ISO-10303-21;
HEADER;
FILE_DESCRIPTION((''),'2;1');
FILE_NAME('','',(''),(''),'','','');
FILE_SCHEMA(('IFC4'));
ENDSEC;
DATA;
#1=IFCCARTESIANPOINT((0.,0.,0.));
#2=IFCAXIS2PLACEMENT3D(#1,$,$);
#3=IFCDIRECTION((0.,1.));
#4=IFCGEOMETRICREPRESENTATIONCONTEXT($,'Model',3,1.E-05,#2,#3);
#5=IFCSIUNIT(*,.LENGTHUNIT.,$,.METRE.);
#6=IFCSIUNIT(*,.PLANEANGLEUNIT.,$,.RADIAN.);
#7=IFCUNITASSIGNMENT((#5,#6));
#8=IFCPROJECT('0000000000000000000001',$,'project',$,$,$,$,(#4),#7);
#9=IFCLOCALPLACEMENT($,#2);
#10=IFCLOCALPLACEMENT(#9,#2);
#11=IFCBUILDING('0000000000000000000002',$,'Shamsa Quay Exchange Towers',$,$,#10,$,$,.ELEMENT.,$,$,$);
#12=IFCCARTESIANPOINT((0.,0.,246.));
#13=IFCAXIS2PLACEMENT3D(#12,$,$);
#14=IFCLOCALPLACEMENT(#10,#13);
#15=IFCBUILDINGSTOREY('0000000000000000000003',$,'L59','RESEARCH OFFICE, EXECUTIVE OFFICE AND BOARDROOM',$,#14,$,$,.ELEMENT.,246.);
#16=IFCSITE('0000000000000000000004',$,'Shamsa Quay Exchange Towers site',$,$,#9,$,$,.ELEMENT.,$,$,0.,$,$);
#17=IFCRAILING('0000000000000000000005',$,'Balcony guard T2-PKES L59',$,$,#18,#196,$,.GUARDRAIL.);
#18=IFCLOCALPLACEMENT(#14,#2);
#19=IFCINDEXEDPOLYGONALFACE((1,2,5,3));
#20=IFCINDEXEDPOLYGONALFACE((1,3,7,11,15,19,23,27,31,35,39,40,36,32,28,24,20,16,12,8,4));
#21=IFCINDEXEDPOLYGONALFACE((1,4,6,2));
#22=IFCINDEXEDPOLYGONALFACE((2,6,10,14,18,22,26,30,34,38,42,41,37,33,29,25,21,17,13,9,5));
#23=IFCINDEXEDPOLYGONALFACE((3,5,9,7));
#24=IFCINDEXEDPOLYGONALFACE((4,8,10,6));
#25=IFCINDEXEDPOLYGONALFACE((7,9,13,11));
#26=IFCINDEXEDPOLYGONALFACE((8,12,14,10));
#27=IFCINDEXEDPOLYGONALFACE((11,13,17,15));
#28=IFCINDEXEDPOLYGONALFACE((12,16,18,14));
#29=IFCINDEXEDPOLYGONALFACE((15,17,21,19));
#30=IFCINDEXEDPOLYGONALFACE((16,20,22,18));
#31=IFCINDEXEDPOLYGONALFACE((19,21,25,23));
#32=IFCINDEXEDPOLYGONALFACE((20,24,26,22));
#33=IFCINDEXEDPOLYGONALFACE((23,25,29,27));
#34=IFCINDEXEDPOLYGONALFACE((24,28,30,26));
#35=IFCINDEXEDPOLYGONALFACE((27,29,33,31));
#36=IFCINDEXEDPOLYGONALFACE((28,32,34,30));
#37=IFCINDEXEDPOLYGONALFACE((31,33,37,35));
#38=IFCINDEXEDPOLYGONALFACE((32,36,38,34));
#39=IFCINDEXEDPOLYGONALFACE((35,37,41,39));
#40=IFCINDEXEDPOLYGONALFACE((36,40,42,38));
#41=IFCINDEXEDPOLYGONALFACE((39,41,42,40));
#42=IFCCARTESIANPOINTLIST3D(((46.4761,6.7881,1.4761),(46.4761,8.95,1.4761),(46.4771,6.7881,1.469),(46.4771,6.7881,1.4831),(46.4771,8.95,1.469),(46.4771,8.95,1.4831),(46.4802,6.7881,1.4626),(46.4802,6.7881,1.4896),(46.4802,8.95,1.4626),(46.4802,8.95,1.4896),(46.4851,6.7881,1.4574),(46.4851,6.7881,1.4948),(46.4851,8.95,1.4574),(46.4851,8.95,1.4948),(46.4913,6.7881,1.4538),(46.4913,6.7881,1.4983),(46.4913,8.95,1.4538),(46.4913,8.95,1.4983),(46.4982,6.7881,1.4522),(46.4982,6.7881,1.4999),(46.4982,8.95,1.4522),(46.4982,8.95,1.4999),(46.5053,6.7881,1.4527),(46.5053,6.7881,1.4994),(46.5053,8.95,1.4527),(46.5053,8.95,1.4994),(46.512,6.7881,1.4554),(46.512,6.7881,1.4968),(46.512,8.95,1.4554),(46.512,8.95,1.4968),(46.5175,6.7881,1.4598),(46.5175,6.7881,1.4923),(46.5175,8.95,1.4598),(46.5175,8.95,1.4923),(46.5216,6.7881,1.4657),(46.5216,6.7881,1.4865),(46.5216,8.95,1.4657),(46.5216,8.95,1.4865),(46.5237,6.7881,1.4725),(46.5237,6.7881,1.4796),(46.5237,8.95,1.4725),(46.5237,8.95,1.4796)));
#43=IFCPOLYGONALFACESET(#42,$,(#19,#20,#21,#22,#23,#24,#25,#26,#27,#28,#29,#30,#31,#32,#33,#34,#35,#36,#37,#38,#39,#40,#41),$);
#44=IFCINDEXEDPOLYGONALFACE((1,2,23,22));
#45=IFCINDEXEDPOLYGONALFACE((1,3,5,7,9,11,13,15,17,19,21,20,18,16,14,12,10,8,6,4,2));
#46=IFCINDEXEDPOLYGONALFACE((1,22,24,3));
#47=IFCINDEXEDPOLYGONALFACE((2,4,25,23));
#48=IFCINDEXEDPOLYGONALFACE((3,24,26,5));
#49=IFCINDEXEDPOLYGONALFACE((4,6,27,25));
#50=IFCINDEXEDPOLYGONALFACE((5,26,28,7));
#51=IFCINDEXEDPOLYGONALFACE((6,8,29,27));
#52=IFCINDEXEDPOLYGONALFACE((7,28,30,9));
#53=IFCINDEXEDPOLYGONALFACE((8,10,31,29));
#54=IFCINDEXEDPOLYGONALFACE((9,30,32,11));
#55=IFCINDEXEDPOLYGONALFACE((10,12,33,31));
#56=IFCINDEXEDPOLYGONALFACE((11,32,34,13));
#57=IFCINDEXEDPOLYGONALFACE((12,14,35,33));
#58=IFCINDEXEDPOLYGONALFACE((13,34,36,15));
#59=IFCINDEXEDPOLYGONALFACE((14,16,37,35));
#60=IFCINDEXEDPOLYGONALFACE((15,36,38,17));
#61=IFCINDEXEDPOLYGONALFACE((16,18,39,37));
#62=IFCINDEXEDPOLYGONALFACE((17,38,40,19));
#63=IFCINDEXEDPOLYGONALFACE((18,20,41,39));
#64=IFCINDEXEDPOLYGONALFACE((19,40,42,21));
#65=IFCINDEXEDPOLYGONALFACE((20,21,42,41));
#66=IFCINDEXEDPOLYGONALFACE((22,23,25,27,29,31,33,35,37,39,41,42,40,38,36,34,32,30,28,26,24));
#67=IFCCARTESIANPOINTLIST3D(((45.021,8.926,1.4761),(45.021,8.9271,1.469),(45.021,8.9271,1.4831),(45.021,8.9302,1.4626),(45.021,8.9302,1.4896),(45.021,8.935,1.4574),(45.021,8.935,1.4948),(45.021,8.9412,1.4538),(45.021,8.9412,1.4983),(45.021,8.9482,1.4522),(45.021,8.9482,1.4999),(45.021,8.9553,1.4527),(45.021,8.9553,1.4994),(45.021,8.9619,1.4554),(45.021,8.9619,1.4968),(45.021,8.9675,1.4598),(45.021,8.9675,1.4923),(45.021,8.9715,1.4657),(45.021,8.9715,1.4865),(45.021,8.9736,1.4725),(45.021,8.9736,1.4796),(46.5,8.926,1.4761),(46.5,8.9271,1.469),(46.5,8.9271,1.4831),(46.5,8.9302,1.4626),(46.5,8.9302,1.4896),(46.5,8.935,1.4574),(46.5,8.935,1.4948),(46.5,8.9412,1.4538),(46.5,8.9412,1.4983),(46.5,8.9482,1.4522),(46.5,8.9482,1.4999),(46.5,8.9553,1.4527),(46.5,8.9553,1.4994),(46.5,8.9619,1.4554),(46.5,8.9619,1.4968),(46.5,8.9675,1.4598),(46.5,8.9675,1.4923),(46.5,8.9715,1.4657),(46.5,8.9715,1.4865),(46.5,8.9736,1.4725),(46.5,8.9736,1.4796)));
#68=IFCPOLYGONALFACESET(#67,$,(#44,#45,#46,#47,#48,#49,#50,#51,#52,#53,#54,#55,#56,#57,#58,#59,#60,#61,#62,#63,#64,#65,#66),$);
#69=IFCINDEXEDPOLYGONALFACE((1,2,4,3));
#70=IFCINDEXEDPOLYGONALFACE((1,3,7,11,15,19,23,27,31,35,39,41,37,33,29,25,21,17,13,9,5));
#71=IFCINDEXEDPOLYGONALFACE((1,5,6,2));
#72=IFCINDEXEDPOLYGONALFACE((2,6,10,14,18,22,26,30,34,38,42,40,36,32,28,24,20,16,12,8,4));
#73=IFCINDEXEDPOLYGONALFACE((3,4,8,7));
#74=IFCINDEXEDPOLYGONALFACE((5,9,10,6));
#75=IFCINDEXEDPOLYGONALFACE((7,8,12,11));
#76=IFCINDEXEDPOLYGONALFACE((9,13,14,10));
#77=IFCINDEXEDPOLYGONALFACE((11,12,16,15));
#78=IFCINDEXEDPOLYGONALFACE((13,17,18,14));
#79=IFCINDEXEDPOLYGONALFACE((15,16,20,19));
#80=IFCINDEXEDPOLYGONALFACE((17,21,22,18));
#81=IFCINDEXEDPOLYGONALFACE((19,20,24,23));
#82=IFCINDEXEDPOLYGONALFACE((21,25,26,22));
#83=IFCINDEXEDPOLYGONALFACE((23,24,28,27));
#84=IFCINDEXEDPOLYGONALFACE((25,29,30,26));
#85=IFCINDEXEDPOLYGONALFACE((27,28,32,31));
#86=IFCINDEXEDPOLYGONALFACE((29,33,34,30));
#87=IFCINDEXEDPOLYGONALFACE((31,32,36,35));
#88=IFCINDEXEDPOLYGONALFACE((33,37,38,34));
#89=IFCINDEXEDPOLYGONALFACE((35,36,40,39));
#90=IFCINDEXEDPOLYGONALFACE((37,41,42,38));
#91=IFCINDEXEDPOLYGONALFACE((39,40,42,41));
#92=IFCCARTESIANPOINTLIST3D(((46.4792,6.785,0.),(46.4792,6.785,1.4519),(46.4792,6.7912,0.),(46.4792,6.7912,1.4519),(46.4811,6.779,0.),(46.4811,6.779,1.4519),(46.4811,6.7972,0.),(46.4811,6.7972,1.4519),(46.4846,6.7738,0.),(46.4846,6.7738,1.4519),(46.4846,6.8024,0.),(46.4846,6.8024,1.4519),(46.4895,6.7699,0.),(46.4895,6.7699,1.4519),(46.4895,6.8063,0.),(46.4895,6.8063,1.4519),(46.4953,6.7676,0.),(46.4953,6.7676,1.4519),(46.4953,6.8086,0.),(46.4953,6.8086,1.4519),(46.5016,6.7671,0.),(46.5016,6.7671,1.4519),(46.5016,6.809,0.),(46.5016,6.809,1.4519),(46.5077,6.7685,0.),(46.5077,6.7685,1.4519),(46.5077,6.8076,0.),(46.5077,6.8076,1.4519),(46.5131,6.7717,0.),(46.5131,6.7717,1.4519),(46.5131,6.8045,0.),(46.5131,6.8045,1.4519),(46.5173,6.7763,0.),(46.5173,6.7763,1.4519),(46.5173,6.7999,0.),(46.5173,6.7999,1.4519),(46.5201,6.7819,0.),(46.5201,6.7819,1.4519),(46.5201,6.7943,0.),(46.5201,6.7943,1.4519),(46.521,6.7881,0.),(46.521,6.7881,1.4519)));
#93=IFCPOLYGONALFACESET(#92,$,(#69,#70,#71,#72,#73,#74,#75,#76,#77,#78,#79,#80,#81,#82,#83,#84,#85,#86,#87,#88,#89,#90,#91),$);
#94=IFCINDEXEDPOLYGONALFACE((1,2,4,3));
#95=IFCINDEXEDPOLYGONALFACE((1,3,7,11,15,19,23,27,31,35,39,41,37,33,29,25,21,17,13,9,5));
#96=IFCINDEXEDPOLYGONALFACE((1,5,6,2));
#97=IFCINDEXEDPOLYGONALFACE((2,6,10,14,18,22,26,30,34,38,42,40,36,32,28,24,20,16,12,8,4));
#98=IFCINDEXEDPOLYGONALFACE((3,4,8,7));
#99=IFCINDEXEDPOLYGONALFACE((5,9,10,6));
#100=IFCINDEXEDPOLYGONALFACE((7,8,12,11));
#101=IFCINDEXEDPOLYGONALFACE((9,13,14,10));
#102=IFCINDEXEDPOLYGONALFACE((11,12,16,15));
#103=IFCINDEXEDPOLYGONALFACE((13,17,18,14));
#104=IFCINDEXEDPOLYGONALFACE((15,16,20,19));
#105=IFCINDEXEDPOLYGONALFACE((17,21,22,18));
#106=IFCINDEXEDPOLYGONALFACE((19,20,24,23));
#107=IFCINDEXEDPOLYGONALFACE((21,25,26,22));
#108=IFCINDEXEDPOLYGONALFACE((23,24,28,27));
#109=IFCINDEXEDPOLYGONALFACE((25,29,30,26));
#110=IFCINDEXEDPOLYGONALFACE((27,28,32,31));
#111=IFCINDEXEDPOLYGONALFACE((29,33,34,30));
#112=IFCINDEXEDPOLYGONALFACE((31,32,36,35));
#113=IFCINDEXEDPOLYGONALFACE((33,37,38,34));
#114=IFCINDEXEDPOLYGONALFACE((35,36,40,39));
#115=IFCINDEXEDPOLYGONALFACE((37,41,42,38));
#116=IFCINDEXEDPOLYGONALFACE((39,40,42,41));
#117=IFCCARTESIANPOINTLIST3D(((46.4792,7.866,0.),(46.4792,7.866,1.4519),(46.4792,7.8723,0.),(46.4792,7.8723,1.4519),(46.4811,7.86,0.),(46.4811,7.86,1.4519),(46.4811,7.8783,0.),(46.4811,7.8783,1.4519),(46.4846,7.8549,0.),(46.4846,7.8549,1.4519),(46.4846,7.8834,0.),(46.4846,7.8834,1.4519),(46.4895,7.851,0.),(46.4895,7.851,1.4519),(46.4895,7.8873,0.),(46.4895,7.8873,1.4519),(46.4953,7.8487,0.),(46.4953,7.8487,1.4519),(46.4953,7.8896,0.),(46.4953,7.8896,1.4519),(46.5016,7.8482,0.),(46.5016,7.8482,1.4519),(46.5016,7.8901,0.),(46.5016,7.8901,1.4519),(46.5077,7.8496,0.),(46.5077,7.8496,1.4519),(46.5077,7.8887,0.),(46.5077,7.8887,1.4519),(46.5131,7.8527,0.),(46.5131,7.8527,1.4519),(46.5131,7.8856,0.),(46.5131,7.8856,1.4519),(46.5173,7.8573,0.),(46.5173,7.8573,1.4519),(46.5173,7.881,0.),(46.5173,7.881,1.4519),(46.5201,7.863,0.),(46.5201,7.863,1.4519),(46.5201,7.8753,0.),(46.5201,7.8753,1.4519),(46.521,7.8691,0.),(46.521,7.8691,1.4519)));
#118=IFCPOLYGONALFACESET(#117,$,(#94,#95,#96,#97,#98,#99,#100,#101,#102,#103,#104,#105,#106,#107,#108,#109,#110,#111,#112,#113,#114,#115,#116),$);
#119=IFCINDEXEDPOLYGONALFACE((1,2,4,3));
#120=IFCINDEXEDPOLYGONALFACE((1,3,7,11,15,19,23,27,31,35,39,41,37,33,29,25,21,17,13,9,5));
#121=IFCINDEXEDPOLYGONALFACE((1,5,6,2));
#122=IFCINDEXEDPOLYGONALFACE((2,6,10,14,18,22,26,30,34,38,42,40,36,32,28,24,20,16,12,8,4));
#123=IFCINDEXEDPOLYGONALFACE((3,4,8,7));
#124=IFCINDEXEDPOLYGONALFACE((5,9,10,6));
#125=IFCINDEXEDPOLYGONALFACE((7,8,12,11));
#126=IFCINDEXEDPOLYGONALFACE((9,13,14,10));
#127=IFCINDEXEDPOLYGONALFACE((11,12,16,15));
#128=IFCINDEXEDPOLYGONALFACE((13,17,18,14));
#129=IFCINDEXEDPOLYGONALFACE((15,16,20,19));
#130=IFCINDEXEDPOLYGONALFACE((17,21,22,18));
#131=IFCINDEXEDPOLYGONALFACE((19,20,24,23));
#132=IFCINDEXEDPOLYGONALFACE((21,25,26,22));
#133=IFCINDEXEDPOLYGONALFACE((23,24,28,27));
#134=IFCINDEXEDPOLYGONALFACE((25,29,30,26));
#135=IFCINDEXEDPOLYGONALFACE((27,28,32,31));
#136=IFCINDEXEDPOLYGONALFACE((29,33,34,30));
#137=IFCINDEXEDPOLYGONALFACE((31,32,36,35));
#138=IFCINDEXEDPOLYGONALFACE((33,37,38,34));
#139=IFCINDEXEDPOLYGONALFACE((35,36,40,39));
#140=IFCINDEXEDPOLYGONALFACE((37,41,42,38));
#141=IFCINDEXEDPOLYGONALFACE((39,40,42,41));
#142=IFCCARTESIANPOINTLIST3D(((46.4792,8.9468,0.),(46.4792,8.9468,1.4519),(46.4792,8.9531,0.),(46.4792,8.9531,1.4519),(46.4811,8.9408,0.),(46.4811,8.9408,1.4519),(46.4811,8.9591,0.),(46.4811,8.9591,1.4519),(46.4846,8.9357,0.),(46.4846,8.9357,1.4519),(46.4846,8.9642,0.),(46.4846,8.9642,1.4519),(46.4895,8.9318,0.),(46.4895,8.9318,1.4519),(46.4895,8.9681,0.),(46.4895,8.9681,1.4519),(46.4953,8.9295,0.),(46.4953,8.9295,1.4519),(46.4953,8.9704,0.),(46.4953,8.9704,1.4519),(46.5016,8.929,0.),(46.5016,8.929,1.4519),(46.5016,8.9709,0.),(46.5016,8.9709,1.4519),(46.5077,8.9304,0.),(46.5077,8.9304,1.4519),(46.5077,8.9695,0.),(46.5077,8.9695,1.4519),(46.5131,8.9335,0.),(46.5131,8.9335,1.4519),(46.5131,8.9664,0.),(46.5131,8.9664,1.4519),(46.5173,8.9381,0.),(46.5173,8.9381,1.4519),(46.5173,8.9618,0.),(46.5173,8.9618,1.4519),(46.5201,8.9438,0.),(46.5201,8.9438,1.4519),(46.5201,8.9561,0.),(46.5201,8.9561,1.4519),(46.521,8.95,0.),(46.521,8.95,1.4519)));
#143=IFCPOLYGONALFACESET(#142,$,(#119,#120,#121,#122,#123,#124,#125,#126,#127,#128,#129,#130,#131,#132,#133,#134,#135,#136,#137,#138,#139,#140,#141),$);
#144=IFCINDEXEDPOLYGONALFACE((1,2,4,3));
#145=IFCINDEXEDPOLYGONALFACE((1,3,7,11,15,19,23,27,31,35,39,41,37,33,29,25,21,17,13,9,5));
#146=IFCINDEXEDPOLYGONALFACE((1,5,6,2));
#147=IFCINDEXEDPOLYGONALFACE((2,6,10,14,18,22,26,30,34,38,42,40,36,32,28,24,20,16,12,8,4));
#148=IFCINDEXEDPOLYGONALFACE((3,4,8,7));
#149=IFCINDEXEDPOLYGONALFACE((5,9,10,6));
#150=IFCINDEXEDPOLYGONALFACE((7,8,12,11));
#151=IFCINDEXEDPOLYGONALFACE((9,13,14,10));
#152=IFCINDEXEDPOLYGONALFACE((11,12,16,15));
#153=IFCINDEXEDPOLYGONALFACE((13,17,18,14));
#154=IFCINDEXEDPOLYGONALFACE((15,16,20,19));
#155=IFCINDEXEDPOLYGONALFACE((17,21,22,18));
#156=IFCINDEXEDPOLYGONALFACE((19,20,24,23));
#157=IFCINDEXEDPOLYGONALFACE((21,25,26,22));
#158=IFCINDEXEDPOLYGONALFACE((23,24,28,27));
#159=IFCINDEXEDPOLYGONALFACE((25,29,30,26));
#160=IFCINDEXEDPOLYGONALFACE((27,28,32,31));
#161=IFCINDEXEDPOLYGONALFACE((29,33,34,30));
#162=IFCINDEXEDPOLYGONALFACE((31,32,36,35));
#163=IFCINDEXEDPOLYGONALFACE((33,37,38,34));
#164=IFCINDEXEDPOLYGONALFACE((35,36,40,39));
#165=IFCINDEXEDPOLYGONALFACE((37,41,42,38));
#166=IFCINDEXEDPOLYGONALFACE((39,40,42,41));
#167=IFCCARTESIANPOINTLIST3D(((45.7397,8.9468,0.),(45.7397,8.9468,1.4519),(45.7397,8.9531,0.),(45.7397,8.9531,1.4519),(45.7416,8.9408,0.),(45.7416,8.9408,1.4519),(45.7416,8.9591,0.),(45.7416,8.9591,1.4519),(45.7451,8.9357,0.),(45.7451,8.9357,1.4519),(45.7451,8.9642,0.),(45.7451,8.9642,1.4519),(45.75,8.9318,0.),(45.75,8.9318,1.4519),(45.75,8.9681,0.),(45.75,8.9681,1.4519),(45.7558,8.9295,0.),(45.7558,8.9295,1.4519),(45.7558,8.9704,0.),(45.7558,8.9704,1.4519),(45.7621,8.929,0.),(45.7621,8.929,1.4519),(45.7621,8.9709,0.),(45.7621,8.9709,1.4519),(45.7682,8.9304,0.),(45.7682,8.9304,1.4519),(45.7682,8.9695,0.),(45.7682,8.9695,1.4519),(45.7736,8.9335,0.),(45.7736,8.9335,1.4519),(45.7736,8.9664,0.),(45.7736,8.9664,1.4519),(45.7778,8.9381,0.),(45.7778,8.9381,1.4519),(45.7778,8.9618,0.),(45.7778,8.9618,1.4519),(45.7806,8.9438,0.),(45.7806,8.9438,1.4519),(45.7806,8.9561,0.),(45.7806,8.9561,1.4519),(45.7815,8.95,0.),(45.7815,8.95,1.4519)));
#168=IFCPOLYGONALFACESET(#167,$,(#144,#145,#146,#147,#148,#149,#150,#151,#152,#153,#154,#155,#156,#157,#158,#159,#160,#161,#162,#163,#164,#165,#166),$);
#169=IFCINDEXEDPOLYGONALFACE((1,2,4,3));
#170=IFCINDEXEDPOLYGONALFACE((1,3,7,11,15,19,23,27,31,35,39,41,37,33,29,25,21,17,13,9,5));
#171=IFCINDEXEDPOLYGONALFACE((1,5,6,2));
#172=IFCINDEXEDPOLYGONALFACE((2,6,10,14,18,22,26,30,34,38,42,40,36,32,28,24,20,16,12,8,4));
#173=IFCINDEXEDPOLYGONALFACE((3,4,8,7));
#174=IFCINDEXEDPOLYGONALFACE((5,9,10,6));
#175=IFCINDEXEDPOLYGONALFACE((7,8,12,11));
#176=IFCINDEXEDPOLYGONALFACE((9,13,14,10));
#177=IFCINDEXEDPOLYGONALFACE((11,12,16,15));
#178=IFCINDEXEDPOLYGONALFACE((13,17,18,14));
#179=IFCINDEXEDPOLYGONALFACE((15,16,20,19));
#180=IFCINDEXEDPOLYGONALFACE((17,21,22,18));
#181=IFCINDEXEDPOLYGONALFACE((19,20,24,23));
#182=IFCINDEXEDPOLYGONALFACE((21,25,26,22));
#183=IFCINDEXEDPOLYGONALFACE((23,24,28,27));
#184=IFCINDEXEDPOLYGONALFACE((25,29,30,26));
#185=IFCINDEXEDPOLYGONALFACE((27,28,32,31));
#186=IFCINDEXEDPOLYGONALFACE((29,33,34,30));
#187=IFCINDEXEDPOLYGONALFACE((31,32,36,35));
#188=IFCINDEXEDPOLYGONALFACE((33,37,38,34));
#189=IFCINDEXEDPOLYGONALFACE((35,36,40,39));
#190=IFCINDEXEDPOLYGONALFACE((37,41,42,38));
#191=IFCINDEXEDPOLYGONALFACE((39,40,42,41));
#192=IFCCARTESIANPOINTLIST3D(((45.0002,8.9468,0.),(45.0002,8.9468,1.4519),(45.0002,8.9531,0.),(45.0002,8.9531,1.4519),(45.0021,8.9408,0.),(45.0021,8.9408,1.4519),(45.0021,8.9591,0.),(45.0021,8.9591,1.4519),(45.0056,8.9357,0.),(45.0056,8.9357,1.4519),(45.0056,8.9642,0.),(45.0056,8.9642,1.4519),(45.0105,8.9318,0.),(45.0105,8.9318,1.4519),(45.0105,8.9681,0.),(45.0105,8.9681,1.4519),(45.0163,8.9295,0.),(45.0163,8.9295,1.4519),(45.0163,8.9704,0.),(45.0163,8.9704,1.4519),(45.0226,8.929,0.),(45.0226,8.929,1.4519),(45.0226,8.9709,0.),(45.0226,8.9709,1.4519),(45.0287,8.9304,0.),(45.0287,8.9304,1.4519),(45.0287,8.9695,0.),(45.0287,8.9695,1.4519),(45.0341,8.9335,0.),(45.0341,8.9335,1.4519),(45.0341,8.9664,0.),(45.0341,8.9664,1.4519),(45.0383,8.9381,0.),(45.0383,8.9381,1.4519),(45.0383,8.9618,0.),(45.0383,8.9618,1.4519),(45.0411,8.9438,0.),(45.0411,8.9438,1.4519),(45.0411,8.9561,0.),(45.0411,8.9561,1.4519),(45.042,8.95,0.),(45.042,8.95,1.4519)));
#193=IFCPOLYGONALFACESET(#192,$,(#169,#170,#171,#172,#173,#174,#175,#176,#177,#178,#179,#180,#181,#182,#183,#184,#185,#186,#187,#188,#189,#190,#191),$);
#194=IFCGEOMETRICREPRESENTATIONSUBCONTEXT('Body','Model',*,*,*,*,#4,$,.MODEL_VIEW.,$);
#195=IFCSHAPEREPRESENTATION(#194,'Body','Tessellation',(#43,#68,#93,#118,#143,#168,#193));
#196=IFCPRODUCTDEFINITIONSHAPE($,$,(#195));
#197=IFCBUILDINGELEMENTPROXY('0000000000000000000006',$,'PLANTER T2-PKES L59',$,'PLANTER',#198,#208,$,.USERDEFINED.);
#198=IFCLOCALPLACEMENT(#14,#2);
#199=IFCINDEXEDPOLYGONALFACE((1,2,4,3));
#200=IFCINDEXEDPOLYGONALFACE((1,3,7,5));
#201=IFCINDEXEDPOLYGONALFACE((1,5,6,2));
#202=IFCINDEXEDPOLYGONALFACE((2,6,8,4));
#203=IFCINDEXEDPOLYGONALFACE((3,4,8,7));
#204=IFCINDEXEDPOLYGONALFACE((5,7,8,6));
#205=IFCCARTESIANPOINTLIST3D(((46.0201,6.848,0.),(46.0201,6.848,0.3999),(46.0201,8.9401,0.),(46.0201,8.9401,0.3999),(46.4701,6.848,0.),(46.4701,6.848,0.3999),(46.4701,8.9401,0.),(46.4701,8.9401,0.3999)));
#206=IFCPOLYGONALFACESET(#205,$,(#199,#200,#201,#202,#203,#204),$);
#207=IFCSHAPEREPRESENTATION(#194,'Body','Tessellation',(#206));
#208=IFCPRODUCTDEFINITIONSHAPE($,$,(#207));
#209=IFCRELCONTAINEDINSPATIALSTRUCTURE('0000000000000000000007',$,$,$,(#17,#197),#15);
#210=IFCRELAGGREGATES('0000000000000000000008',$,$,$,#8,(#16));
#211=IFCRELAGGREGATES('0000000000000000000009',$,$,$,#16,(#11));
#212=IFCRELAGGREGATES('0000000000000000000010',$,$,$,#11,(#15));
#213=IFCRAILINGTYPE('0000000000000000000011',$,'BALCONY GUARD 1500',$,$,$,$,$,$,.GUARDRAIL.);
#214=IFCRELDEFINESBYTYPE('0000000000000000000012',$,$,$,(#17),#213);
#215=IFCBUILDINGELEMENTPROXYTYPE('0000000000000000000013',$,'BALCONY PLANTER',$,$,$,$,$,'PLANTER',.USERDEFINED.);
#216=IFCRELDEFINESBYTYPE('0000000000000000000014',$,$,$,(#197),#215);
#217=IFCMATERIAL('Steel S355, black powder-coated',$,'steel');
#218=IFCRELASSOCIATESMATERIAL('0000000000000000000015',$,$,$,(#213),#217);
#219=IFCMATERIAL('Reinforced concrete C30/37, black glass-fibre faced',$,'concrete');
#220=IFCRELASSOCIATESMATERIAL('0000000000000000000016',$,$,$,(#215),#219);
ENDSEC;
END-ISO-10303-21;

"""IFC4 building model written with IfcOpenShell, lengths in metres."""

from ifc_helpers import new_model, si_unit, direction, frame, origin, origin_2d, place, context, subcontext, project, spatial, rectangle, circle, extrude, material, type_object, element, save


model = new_model("IFC4")

# Units and contexts
model_context = context("Model", 3, precision=1e-05, world=origin(), true_north=direction((0.0, 1.0)))
body_context = subcontext(model_context, "Body", "Model", "MODEL_VIEW")
ifc_project = project(units=[si_unit("LENGTHUNIT", "METRE"), si_unit("PLANEANGLEUNIT", "RADIAN")], contexts=[model_context])

# Site, building, storey
site_placement = place(None, origin())
site = spatial("IfcSite", under=ifc_project, at=site_placement, Name="Shamsa Quay Exchange Towers site", CompositionType="ELEMENT", RefElevation=0.0)
building_placement = place(site_placement, origin())
building = spatial("IfcBuilding", under=site, at=building_placement, Name="Shamsa Quay Exchange Towers", CompositionType="ELEMENT")
storey_placement = place(building_placement, frame((0.0, 0.0, 246.0)))
storey = spatial("IfcBuildingStorey", under=building, at=storey_placement, Name="L59", Description="RESEARCH OFFICE, EXECUTIVE OFFICE AND BOARDROOM", CompositionType="ELEMENT", Elevation=246.0)

# Railing
ifc_material_1 = material(Name="Steel S355, black powder-coated", Category="steel")
railing_type_1 = type_object("IfcRailingType", Name="BALCONY GUARD 1500", PredefinedType="GUARDRAIL", material=ifc_material_1)
railing_1_placement = place(storey_placement, frame((46.5, 6.7881, 0.0)))
element("IfcRailing", 1, at=railing_1_placement, inside=storey, type_object=railing_type_1, Name="Balcony guard T2-PKES L59", PredefinedType="GUARDRAIL", context=body_context, shape_type="SweptSolid", body=[
    extrude(circle(Radius=0.0239, at=origin_2d()), frame((0.0, 0.0, 1.4761), z_axis=(0.0, 1.0, 0.0), x_axis=(-1.0, 0.0, 0.0)), (0.0, 0.0, 1.0), 2.1619),
    extrude(circle(Radius=0.0239, at=origin_2d()), frame((0.0, 2.1619, 1.4761), z_axis=(-1.0, 0.0, 0.0), x_axis=(0.0, -1.0, 0.0)), (0.0, 0.0, 1.0), 1.479),
    extrude(circle(Radius=0.021, at=origin_2d()), origin(), (0.0, 0.0, 1.0), 1.4519),
    extrude(circle(Radius=0.021, at=origin_2d()), frame((0.0, 1.0811, 0.0)), (0.0, 0.0, 1.0), 1.4519),
    extrude(circle(Radius=0.021, at=origin_2d()), frame((0.0, 2.1619, 0.0)), (0.0, 0.0, 1.0), 1.4519),
    extrude(circle(Radius=0.021, at=origin_2d()), frame((-0.7395, 2.1619, 0.0)), (0.0, 0.0, 1.0), 1.4519),
    extrude(circle(Radius=0.021, at=origin_2d()), frame((-1.479, 2.1619, 0.0)), (0.0, 0.0, 1.0), 1.4519),
])

# Building element proxy
ifc_material_2 = material(Name="Reinforced concrete C30/37, black glass-fibre faced", Category="concrete")
building_element_proxy_type = type_object("IfcBuildingElementProxyType", Name="BALCONY PLANTER", ElementType="PLANTER", PredefinedType="USERDEFINED", material=ifc_material_2)
proxy_placement = place(storey_placement, frame((46.2451, 7.894, 0.0), z_axis=(0.0, 0.0, 1.0), x_axis=(0.0, 1.0, 0.0)))
element("IfcBuildingElementProxy", 2, at=proxy_placement, inside=storey, type_object=building_element_proxy_type, Name="PLANTER T2-PKES L59", ObjectType="PLANTER", PredefinedType="USERDEFINED", context=body_context, shape_type="SweptSolid", body=[
    extrude(rectangle(XDim=2.092, YDim=0.45, at=origin_2d()), origin(), (0.0, 0.0, 1.0), 0.3999),
])

save(model, "model.ifc")
